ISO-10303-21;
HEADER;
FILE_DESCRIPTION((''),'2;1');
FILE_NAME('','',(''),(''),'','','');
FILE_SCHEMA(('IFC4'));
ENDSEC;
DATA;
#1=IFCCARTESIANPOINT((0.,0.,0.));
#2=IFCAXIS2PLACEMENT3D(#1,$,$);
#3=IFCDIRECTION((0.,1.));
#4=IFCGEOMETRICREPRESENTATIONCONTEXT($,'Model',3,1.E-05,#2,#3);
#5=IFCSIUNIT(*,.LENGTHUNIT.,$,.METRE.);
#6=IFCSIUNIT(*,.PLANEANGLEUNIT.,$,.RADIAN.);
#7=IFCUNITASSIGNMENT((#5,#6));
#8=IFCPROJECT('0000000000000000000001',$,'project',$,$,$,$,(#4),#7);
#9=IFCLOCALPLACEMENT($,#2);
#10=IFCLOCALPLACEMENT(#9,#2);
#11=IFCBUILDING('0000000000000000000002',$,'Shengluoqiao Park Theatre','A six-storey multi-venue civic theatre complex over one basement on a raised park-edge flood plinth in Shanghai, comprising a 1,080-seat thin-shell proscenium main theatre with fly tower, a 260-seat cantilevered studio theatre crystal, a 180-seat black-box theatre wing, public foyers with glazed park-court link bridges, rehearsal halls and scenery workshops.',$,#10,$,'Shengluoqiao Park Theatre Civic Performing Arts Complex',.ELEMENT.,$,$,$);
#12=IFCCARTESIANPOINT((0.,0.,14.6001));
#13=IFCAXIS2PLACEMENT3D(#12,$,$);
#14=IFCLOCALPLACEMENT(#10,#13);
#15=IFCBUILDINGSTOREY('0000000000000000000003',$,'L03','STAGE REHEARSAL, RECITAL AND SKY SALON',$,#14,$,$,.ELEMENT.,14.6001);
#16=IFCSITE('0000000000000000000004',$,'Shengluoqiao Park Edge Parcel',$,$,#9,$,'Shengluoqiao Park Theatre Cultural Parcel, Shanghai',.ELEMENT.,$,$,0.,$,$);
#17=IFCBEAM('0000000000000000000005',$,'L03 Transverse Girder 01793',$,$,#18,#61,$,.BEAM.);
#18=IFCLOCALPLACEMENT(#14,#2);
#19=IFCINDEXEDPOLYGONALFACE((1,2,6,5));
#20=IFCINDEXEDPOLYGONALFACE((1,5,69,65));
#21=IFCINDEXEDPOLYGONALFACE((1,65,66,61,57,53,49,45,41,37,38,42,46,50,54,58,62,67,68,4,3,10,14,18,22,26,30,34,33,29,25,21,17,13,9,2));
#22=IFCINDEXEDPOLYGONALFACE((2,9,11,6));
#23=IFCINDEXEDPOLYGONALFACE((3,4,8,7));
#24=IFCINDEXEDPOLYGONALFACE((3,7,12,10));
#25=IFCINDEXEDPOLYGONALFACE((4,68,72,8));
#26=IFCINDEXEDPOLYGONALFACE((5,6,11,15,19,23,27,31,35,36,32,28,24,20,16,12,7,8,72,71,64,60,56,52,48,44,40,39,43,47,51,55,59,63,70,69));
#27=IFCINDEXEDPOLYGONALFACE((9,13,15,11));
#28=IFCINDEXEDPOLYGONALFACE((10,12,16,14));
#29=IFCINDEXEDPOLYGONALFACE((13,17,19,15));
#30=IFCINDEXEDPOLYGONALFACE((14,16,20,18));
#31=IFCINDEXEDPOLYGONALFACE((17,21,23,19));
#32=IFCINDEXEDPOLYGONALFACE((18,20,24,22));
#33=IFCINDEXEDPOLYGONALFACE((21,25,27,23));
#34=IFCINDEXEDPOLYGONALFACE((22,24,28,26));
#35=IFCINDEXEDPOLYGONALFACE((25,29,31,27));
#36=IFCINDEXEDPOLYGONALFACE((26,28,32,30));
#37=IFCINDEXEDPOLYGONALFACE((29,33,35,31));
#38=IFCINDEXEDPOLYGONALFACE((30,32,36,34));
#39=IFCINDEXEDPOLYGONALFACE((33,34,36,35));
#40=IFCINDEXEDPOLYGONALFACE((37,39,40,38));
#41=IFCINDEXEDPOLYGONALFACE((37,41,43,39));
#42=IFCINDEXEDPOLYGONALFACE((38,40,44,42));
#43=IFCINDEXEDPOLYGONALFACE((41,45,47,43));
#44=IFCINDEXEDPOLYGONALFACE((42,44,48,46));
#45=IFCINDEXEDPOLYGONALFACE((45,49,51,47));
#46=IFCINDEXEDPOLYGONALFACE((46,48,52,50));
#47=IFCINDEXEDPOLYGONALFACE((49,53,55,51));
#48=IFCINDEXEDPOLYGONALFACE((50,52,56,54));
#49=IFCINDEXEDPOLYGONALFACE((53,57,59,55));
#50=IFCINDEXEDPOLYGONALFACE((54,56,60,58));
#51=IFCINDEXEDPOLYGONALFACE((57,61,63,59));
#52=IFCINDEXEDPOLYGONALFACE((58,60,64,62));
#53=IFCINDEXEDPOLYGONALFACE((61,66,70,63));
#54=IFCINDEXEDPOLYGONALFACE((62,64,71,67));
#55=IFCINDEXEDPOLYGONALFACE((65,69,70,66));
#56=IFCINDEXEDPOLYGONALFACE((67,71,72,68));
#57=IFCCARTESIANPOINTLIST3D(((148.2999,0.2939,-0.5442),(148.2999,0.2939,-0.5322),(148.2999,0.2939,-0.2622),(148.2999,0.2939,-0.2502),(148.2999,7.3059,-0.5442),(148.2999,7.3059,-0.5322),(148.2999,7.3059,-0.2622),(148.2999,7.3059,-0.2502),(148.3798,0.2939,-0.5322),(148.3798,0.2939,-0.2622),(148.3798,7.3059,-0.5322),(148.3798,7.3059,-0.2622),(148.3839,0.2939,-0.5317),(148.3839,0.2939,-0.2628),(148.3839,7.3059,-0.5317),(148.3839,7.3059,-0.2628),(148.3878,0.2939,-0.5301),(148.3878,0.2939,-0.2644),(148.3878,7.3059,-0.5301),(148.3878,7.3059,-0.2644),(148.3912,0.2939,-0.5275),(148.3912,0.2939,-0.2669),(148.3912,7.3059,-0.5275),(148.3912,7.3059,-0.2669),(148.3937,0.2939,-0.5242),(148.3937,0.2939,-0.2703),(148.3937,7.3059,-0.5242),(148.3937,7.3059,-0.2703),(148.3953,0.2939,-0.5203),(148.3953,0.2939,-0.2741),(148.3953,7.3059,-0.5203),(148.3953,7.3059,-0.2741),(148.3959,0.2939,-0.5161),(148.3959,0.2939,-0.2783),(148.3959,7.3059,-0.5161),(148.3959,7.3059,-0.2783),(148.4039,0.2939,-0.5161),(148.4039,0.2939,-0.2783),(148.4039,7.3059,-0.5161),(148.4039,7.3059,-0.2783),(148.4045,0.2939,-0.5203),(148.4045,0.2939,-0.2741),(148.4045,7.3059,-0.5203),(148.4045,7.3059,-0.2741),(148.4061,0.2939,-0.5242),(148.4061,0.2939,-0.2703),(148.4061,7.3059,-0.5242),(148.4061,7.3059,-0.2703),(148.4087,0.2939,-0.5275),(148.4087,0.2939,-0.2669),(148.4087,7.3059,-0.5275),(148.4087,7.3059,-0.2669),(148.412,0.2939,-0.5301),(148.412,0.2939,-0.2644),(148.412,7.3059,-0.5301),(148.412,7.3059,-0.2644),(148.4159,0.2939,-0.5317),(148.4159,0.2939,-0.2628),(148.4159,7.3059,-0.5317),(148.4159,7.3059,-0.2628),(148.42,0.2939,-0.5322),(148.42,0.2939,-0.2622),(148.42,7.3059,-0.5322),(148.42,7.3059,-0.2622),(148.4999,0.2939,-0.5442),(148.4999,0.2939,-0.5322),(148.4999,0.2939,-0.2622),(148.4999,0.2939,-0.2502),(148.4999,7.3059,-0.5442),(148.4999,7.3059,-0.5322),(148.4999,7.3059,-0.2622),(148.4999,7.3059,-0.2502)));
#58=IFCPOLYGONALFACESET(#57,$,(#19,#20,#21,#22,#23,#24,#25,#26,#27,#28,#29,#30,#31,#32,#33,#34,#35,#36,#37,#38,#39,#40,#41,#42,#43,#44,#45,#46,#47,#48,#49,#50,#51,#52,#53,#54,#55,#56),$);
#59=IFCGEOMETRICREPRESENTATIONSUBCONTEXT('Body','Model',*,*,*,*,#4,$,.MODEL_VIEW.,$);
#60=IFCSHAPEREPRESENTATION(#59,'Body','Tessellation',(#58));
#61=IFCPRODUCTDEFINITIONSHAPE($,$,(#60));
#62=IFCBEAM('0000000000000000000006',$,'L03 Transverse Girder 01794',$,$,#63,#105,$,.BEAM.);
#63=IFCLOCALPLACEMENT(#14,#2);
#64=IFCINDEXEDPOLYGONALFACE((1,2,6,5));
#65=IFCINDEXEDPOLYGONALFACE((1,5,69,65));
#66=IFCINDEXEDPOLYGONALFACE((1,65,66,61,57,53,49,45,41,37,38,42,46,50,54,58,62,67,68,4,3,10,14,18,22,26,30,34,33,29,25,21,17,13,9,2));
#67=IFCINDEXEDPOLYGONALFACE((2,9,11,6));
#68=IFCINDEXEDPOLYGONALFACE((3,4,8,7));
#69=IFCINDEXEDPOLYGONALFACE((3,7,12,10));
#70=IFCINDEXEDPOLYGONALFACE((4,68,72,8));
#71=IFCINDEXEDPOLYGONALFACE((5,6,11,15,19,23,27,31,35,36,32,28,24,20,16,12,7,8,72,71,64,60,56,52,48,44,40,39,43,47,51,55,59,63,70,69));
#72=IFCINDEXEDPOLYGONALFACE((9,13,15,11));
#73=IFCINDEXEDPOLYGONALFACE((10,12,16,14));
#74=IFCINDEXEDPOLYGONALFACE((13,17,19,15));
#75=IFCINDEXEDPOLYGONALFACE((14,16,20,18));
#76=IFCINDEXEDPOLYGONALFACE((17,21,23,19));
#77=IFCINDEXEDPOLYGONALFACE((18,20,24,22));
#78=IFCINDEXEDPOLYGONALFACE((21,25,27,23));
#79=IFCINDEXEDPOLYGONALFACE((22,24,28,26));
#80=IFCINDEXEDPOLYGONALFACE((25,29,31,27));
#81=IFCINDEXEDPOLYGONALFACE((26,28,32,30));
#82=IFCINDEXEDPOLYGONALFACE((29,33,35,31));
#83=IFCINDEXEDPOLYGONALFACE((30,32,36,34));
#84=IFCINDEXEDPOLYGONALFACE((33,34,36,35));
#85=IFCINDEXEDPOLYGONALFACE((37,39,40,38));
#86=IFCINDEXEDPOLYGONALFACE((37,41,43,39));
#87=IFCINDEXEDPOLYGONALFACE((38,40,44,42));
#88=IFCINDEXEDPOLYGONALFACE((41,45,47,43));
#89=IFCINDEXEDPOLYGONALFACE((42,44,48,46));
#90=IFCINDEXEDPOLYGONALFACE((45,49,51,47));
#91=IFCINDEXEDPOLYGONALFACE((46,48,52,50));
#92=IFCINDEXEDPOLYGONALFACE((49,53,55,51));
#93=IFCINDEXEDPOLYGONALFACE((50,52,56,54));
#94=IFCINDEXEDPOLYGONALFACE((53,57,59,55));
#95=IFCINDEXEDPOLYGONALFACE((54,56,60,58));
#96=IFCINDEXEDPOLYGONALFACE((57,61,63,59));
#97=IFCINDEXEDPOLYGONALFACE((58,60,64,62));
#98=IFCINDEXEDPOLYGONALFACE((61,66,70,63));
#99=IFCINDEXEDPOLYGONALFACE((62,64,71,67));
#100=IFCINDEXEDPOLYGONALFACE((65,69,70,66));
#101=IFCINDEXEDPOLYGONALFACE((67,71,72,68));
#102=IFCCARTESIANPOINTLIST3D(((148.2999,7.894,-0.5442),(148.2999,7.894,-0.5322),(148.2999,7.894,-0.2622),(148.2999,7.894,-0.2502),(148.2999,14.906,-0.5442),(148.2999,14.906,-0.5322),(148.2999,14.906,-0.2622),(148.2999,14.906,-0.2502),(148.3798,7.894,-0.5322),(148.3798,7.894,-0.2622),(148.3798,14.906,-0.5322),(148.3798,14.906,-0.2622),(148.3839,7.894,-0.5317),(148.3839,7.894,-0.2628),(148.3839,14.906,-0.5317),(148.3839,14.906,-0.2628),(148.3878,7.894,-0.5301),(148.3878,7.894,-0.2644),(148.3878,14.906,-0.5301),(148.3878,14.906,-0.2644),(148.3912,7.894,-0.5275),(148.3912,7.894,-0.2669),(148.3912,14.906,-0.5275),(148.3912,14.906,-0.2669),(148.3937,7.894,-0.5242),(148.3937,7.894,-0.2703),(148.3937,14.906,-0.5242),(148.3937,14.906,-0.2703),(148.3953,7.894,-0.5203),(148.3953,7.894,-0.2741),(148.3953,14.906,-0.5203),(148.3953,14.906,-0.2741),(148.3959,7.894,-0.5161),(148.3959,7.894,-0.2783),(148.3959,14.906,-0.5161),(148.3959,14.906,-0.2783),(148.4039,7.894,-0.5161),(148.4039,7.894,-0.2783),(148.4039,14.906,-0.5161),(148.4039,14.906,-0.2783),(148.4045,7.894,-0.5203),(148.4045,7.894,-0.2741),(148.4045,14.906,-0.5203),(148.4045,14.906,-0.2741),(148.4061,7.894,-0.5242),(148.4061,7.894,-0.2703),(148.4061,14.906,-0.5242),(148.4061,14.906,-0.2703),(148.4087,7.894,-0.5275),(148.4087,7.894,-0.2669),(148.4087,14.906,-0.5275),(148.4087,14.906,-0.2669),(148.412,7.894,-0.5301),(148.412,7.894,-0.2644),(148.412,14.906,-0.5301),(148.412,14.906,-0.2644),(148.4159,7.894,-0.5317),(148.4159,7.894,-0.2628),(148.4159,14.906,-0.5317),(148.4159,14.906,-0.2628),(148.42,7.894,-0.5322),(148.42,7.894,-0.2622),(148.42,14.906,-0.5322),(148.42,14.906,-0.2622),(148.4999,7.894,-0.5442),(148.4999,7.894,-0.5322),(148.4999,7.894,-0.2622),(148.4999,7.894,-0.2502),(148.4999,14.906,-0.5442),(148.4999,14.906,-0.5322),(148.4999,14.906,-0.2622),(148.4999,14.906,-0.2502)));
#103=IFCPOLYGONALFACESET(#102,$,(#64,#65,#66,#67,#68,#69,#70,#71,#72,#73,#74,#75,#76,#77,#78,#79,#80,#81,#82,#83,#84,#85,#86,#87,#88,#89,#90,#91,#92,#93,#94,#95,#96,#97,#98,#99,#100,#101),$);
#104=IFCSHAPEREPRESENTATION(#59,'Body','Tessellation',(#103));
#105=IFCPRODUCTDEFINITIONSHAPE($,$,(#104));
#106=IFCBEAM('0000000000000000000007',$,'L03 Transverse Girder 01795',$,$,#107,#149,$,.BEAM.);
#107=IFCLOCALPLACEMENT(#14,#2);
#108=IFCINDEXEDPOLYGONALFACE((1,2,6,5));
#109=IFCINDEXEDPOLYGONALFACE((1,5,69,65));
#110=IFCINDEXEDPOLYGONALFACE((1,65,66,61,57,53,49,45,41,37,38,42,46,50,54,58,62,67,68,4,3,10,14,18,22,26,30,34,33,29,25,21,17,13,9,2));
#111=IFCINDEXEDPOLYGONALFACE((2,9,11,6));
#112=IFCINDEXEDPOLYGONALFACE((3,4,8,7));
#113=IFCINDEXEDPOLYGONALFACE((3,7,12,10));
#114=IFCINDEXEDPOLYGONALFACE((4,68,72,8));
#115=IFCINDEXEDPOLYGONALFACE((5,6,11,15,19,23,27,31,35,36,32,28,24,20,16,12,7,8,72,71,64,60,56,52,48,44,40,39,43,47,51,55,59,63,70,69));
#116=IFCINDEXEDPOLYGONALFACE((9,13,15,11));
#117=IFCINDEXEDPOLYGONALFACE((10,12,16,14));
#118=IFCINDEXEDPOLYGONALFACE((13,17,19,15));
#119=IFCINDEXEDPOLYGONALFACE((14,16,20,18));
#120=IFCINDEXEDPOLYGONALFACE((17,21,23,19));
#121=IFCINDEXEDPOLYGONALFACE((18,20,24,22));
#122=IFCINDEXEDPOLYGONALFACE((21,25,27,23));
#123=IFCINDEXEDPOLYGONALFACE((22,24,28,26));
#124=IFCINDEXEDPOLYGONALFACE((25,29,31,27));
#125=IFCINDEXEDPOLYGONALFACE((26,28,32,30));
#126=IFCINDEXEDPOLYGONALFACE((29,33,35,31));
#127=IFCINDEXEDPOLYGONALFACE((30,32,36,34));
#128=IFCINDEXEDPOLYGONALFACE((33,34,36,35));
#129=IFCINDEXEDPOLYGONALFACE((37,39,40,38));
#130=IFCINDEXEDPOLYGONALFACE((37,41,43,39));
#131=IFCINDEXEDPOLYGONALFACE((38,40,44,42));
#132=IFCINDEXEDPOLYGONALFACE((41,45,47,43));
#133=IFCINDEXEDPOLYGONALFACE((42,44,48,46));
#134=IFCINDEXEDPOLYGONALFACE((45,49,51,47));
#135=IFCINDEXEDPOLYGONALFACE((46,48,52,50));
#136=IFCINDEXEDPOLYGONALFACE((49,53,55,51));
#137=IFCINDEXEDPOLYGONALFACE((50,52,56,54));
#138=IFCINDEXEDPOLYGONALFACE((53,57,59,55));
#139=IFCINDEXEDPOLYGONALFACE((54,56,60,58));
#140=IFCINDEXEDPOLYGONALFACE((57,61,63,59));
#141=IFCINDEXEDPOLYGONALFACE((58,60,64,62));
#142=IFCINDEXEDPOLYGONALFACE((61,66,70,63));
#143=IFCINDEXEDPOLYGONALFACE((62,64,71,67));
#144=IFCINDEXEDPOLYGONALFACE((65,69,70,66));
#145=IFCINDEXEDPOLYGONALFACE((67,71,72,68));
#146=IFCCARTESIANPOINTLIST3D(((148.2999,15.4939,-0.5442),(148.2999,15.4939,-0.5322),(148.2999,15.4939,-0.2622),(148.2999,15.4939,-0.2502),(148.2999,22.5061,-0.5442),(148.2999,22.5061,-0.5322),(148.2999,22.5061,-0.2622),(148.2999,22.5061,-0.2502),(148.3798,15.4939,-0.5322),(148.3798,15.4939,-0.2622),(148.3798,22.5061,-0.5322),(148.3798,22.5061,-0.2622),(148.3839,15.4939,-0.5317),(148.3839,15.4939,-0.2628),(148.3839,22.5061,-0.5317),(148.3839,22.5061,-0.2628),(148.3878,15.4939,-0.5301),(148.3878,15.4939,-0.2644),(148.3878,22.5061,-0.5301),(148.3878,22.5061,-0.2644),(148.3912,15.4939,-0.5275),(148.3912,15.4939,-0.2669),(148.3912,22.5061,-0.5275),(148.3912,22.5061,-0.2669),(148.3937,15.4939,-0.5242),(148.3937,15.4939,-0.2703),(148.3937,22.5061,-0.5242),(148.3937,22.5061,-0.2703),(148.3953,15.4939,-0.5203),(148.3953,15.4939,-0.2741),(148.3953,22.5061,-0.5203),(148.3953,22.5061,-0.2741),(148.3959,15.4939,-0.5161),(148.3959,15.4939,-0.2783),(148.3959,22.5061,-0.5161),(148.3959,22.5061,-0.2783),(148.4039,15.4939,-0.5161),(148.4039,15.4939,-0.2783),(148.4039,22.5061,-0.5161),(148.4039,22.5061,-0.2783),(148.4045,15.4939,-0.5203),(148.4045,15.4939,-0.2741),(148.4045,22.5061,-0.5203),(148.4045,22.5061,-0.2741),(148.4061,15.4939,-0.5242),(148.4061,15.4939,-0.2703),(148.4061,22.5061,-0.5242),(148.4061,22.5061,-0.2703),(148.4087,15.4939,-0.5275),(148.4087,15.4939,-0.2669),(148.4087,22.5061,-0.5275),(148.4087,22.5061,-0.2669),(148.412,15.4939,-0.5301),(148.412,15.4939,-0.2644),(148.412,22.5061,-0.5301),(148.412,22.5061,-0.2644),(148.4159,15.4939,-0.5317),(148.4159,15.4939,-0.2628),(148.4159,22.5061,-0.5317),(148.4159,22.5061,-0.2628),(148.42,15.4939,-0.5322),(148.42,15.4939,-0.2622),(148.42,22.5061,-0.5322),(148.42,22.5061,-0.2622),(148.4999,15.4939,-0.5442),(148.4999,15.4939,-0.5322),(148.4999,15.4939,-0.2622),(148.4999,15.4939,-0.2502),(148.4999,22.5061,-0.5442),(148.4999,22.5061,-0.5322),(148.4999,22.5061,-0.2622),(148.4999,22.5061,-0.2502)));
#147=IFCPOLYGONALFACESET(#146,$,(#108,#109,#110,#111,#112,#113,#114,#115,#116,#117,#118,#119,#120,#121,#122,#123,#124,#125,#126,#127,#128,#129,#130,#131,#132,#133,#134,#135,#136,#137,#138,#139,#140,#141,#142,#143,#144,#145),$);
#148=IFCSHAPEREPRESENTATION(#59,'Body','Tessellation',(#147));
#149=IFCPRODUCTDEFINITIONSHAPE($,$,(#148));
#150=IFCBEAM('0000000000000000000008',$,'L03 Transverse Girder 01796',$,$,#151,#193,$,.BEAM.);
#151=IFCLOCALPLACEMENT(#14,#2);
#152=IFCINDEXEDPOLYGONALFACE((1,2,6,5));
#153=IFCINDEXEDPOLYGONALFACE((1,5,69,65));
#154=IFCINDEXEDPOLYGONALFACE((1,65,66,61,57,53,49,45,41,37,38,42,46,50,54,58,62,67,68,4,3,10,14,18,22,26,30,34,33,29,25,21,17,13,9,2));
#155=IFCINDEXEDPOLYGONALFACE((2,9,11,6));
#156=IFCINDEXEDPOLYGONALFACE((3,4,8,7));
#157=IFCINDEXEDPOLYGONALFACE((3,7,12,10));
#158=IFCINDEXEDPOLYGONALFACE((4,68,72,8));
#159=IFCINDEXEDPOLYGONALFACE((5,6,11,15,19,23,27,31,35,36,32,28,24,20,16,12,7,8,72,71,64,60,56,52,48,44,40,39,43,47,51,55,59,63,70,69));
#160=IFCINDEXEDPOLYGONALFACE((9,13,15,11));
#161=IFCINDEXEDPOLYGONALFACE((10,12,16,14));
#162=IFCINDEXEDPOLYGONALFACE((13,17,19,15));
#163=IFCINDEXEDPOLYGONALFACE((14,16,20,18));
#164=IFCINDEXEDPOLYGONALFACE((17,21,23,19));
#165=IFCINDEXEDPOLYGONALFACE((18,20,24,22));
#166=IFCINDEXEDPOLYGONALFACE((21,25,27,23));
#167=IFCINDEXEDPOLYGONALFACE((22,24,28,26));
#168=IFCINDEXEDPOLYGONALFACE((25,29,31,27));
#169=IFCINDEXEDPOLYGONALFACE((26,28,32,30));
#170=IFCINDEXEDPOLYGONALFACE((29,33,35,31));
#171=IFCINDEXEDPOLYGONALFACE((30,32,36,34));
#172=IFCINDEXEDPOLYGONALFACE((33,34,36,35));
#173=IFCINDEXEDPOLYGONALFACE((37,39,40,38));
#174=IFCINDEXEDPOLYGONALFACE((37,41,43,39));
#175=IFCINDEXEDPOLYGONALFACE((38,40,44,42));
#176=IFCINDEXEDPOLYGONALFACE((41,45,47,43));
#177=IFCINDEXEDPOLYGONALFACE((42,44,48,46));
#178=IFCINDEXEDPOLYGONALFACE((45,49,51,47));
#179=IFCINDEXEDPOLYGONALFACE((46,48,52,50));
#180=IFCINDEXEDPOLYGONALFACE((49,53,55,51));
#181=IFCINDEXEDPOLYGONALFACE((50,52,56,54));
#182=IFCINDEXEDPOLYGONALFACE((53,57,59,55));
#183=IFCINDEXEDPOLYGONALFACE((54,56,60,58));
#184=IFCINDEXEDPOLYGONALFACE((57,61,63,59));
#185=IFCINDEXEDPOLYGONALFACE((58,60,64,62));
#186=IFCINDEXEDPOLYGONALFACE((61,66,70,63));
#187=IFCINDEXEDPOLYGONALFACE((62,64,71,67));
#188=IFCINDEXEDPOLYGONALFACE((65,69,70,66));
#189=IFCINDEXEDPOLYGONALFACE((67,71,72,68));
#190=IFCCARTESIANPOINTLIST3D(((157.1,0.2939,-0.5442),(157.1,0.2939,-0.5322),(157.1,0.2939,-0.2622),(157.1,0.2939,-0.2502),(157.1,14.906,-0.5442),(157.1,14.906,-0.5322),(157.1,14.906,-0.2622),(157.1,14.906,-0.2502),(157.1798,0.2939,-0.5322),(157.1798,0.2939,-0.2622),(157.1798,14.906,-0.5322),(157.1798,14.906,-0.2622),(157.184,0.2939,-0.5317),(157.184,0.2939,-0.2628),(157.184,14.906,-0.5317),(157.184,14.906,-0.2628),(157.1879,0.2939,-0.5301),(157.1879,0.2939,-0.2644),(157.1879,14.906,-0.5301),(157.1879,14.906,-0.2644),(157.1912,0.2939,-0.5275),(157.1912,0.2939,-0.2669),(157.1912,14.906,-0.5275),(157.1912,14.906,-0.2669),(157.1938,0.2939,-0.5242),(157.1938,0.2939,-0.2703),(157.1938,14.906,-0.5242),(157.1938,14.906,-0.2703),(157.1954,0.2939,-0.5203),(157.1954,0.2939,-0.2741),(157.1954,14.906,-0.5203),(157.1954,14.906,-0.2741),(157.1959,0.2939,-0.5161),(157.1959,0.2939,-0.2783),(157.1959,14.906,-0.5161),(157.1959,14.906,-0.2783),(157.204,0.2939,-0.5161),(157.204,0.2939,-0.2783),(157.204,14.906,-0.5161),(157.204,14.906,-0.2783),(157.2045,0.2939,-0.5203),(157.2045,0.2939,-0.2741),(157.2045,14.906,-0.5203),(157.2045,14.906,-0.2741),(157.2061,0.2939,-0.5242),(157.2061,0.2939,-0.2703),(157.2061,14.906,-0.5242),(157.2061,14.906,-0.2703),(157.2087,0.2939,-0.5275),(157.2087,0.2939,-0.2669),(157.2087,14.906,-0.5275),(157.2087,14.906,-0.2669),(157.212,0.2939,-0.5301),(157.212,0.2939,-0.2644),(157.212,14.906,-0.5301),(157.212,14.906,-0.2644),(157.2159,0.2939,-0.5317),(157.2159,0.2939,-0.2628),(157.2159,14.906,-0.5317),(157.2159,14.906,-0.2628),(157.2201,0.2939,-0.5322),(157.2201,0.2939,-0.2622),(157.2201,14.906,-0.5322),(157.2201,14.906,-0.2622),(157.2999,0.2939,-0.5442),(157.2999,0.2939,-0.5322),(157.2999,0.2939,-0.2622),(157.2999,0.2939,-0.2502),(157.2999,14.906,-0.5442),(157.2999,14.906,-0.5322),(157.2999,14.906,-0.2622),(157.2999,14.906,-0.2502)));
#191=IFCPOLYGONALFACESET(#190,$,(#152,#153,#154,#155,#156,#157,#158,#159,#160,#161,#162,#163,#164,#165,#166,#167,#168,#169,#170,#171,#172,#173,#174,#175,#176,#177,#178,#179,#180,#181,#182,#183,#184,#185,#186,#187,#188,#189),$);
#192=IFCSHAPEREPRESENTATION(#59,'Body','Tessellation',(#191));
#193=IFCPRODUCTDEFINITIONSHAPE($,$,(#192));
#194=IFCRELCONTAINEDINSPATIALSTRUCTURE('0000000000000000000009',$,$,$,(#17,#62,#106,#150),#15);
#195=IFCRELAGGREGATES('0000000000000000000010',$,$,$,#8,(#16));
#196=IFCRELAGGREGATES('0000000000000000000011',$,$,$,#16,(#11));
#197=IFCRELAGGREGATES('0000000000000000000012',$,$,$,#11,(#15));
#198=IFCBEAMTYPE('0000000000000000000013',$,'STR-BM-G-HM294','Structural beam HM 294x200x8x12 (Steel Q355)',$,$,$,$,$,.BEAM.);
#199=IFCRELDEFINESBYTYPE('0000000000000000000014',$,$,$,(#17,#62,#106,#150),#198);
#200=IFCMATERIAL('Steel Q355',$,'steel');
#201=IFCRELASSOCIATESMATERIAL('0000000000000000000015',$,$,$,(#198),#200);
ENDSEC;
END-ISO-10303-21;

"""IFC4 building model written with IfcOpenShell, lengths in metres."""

from ifc_helpers import new_model, si_unit, direction, frame, origin, origin_2d, place, context, subcontext, project, spatial, i_section, extrude, material, material_profile, profile_set, type_object, element, save


model = new_model("IFC4")

# Units and contexts
model_context = context("Model", 3, precision=1e-05, world=origin(), true_north=direction((0.0, 1.0)))
body_context = subcontext(model_context, "Body", "Model", "MODEL_VIEW")
ifc_project = project(units=[si_unit("LENGTHUNIT", "METRE"), si_unit("PLANEANGLEUNIT", "RADIAN")], contexts=[model_context])

# Site, building, storey
site_placement = place(None, origin())
site = spatial("IfcSite", under=ifc_project, at=site_placement, Name="Shengluoqiao Park Edge Parcel", LongName="Shengluoqiao Park Theatre Cultural Parcel, Shanghai", CompositionType="ELEMENT", RefElevation=0.0)
building_placement = place(site_placement, origin())
building = spatial("IfcBuilding", under=site, at=building_placement, Name="Shengluoqiao Park Theatre", Description="A six-storey multi-venue civic theatre complex over one basement on a raised park-edge flood plinth in Shanghai, comprising a 1,080-seat thin-shell proscenium main theatre with fly tower, a 260-seat cantilevered studio theatre crystal, a 180-seat black-box theatre wing, public foyers with glazed park-court link bridges, rehearsal halls and scenery workshops.", LongName="Shengluoqiao Park Theatre Civic Performing Arts Complex", CompositionType="ELEMENT")
storey_placement = place(building_placement, frame((0.0, 0.0, 14.6001)))
storey = spatial("IfcBuildingStorey", under=building, at=storey_placement, Name="L03", Description="STAGE REHEARSAL, RECITAL AND SKY SALON", CompositionType="ELEMENT", Elevation=14.6001)

# Beams
ifc_material_1 = material(Name="Steel Q355", Category="steel")
ifc_material_profile_1 = material_profile(ifc_material_1, i_section(OverallWidth=0.2, OverallDepth=0.2939, WebThickness=0.0081, FlangeThickness=0.012, FilletRadius=0.0161, at=origin_2d()), Name="HM 294x200x8x12")
ifc_profile_set_1 = profile_set([ifc_material_profile_1], Name="Steel Q355")
beam_type_1 = type_object("IfcBeamType", Name="STR-BM-G-HM294", Description="Structural beam HM 294x200x8x12 (Steel Q355)", PredefinedType="BEAM", material=ifc_profile_set_1)
for number, where, z_axis, x_axis, name in (
    (1, (148.3999, 0.2939, -0.3972), (0.0, 1.0, 0.0), (-1.0, 0.0, 0.0), "L03 Transverse Girder 01793"),
    (2, (148.3999, 7.894, -0.3972), (0.0, 1.0, 0.0), (-1.0, 0.0, 0.0), "L03 Transverse Girder 01794"),
):
    element("IfcBeam", number, at=place(storey_placement, frame(where, z_axis=z_axis, x_axis=x_axis)), inside=storey, type_object=beam_type_1, Name=name, PredefinedType="BEAM", context=body_context, shape_type="SweptSolid", body=[
        extrude(i_section(OverallWidth=0.2, OverallDepth=0.2939, WebThickness=0.0081, FlangeThickness=0.012, FilletRadius=0.0161, at=origin_2d()), origin(), (0.0, 0.0, 1.0), 7.012),
    ])
beam_1_placement = place(storey_placement, frame((148.3999, 15.4939, -0.3972), z_axis=(0.0, 1.0, 0.0), x_axis=(-1.0, 0.0, 0.0)))
element("IfcBeam", 3, at=beam_1_placement, inside=storey, type_object=beam_type_1, Name="L03 Transverse Girder 01795", PredefinedType="BEAM", context=body_context, shape_type="SweptSolid", body=[
    extrude(i_section(OverallWidth=0.2, OverallDepth=0.2939, WebThickness=0.0081, FlangeThickness=0.012, FilletRadius=0.0161, at=origin_2d()), origin(), (0.0, 0.0, 1.0), 7.0122),
])
beam_2_placement = place(storey_placement, frame((157.2, 0.2939, -0.3972), z_axis=(0.0, 1.0, 0.0), x_axis=(-1.0, 0.0, 0.0)))
element("IfcBeam", 4, at=beam_2_placement, inside=storey, type_object=beam_type_1, Name="L03 Transverse Girder 01796", PredefinedType="BEAM", context=body_context, shape_type="SweptSolid", body=[
    extrude(i_section(OverallWidth=0.2, OverallDepth=0.2939, WebThickness=0.0081, FlangeThickness=0.012, FilletRadius=0.0161, at=origin_2d()), origin(), (0.0, 0.0, 1.0), 14.6121),
])

save(model, "model.ifc")
